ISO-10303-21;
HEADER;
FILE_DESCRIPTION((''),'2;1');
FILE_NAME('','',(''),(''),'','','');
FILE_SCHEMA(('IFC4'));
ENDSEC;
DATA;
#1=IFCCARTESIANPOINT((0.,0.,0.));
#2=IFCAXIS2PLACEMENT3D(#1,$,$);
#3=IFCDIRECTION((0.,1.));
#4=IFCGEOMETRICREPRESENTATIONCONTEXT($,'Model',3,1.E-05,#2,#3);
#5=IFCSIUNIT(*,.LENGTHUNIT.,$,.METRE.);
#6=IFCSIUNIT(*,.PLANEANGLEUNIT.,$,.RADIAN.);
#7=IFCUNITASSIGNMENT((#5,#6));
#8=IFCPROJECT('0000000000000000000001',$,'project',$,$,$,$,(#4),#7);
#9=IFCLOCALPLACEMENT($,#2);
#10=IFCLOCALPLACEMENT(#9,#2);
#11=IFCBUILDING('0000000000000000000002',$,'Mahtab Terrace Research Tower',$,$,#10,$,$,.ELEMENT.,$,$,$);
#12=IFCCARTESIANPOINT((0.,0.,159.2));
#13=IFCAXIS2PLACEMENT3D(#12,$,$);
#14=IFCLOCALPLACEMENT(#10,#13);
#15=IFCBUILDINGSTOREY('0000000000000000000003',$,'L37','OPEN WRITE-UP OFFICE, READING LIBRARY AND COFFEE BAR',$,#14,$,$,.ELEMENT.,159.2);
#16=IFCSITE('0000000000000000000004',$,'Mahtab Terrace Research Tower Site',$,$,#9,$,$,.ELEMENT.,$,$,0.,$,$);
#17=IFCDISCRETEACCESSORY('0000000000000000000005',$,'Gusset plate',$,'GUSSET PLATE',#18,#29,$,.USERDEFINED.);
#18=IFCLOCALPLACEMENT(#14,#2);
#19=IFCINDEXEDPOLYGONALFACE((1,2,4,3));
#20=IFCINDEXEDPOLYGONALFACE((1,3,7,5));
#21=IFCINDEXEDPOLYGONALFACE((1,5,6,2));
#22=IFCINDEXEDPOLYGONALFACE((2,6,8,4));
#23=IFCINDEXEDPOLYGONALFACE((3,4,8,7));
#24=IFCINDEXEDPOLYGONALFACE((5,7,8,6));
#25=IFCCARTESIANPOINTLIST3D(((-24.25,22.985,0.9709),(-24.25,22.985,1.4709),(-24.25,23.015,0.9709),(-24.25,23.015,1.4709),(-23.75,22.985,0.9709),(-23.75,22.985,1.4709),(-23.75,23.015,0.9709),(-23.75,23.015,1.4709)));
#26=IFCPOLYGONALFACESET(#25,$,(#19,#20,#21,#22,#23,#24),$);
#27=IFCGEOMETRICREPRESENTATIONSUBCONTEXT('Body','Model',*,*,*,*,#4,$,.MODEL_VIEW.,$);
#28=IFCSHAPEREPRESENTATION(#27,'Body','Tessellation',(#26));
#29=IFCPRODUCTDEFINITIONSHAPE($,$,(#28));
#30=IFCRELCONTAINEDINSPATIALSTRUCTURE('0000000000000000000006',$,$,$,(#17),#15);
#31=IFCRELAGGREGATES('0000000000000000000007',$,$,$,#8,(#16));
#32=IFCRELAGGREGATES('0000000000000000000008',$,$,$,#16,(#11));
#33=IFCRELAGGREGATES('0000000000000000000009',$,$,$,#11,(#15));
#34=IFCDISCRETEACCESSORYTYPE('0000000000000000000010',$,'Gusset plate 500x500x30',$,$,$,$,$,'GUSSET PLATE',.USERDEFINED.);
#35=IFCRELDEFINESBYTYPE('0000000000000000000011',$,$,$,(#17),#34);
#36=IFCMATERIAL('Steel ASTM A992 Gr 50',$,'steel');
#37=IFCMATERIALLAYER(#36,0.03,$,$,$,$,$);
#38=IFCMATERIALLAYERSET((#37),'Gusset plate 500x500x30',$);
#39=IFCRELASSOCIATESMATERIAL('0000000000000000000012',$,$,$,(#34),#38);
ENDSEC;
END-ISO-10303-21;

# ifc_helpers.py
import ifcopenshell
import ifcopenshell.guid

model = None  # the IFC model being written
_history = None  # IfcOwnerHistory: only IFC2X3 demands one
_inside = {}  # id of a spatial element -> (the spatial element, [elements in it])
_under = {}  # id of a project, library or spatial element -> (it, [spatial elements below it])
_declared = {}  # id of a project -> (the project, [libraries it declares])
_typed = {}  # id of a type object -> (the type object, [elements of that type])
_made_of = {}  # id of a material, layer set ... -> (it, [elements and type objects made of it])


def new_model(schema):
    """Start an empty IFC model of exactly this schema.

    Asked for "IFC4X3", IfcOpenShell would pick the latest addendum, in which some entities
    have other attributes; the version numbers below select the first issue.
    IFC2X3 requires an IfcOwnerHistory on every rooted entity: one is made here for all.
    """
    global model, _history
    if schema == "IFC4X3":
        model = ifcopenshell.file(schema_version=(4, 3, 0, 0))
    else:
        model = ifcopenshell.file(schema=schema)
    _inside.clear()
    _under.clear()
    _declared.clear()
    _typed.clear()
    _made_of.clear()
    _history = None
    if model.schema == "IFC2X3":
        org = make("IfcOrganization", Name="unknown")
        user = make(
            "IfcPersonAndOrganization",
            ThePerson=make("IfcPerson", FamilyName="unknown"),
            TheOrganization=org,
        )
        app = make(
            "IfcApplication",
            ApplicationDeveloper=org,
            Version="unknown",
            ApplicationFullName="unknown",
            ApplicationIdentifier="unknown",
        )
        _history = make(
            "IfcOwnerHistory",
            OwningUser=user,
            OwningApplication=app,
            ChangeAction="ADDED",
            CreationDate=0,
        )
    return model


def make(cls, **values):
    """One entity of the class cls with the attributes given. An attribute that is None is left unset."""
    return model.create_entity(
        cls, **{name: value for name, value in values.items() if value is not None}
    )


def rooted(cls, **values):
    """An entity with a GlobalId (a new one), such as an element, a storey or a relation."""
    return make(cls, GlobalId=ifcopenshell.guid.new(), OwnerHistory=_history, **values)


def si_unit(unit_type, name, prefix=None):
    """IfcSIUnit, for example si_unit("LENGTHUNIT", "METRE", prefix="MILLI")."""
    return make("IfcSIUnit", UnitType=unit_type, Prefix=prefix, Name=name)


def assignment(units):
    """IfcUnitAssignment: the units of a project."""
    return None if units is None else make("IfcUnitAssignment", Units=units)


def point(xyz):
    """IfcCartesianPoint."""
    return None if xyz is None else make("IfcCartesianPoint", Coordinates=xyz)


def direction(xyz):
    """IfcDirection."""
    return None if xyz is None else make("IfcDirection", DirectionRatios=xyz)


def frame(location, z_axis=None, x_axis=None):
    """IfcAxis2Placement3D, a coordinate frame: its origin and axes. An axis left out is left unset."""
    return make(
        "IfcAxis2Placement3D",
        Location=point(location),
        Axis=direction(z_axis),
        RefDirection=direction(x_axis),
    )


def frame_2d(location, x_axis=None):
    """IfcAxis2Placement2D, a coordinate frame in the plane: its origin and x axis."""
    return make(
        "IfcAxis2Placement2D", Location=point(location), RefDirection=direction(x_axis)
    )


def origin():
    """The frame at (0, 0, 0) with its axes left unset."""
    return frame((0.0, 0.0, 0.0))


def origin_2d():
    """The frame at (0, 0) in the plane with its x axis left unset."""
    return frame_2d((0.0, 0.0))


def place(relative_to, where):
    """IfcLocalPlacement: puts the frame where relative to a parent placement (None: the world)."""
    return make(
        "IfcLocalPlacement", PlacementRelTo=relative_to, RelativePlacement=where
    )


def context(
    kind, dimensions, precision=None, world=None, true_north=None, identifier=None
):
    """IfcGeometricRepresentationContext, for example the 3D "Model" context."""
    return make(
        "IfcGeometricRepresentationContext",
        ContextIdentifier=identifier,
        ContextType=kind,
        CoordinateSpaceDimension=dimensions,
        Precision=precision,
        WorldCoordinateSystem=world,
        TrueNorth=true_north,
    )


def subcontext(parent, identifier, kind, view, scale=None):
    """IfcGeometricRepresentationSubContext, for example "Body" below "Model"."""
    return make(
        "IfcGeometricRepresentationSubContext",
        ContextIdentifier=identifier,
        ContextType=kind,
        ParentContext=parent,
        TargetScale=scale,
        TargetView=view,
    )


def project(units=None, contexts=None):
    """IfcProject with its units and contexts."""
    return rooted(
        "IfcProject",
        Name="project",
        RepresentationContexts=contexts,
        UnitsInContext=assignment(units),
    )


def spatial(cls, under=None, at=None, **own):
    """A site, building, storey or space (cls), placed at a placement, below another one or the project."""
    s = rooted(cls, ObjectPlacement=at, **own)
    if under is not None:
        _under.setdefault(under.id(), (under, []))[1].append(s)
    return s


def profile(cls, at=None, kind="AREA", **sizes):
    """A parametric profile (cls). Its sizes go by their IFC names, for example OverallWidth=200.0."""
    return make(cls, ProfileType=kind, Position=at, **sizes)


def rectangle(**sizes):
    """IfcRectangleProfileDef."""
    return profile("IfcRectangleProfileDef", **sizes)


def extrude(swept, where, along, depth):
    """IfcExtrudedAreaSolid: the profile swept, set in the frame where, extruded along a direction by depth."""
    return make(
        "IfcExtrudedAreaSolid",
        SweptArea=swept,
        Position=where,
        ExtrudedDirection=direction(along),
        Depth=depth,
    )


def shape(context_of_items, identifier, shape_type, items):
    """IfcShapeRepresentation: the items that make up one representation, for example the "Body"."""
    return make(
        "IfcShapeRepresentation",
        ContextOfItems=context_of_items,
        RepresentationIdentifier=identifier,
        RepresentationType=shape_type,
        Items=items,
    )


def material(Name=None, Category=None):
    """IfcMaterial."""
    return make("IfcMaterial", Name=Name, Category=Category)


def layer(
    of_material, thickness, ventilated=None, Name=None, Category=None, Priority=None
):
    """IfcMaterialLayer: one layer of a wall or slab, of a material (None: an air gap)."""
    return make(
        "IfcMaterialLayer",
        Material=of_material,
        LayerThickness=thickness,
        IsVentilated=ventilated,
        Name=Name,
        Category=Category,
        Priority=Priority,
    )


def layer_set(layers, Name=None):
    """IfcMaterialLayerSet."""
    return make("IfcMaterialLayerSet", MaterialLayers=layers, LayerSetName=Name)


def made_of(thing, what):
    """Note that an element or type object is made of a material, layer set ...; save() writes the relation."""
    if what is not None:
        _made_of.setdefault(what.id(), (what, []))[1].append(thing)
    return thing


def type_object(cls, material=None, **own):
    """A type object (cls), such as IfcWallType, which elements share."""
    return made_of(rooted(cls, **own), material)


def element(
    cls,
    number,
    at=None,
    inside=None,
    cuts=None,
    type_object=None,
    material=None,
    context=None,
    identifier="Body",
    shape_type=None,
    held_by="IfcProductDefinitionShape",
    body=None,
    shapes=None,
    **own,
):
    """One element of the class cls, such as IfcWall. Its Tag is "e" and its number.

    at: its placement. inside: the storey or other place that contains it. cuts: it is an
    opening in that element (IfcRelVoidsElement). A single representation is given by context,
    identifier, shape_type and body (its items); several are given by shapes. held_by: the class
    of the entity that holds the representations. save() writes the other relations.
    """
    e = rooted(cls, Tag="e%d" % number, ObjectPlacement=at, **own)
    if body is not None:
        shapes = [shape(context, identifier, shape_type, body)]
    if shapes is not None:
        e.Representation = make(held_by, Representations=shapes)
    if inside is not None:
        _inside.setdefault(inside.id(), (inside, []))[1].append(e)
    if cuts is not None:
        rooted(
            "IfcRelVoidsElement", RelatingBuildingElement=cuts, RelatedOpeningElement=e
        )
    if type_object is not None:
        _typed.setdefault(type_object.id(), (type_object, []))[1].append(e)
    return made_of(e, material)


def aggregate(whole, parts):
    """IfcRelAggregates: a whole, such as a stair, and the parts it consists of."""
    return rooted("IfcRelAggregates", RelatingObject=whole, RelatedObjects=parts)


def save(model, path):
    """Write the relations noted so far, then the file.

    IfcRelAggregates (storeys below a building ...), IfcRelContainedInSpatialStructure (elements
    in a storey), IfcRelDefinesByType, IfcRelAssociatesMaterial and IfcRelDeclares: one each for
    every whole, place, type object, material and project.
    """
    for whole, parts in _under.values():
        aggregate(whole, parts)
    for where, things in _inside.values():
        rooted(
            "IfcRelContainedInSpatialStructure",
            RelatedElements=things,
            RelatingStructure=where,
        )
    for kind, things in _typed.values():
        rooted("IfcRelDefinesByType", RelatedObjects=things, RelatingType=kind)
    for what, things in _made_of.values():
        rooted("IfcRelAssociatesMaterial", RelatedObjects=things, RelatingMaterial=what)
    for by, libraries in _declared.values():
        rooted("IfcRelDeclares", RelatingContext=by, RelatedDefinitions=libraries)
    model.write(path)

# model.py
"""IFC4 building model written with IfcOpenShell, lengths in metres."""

from ifc_helpers import new_model, si_unit, direction, frame, origin, origin_2d, place, context, subcontext, project, spatial, rectangle, extrude, material, layer, layer_set, type_object, element, save


model = new_model("IFC4")

# Units and contexts
model_context = context("Model", 3, precision=1e-05, world=origin(), true_north=direction((0.0, 1.0)))
body_context = subcontext(model_context, "Body", "Model", "MODEL_VIEW")
ifc_project = project(units=[si_unit("LENGTHUNIT", "METRE"), si_unit("PLANEANGLEUNIT", "RADIAN")], contexts=[model_context])

# Site, building, storey
site_placement = place(None, origin())
site = spatial("IfcSite", under=ifc_project, at=site_placement, Name="Mahtab Terrace Research Tower Site", CompositionType="ELEMENT", RefElevation=0.0)
building_placement = place(site_placement, origin())
building = spatial("IfcBuilding", under=site, at=building_placement, Name="Mahtab Terrace Research Tower", CompositionType="ELEMENT")
storey_placement = place(building_placement, frame((0.0, 0.0, 159.2)))
storey = spatial("IfcBuildingStorey", under=building, at=storey_placement, Name="L37", Description="OPEN WRITE-UP OFFICE, READING LIBRARY AND COFFEE BAR", CompositionType="ELEMENT", Elevation=159.2)

# Discrete accessory
ifc_material_1 = material(Name="Steel ASTM A992 Gr 50", Category="steel")
ifc_layer_1 = layer(ifc_material_1, 0.03)
ifc_layer_set_1 = layer_set([ifc_layer_1], Name="Gusset plate 500x500x30")
discrete_accessory_type = type_object("IfcDiscreteAccessoryType", Name="Gusset plate 500x500x30", ElementType="GUSSET PLATE", PredefinedType="USERDEFINED", material=ifc_layer_set_1)
for number, where, z_axis, x_axis, name in (
    (1, (-24.0, 23.0, 0.9709), (0.0, 0.0, 1.0), (1.0, 0.0, 0.0), "Gusset plate"),
):
    element("IfcDiscreteAccessory", number, at=place(storey_placement, frame(where, z_axis=z_axis, x_axis=x_axis)), inside=storey, type_object=discrete_accessory_type, Name=name, ObjectType="GUSSET PLATE", PredefinedType="USERDEFINED", context=body_context, shape_type="SweptSolid", body=[
        extrude(rectangle(XDim=0.5, YDim=0.03, at=origin_2d()), origin(), (0.0, 0.0, 1.0), 0.5),
    ])

save(model, "model.ifc")
